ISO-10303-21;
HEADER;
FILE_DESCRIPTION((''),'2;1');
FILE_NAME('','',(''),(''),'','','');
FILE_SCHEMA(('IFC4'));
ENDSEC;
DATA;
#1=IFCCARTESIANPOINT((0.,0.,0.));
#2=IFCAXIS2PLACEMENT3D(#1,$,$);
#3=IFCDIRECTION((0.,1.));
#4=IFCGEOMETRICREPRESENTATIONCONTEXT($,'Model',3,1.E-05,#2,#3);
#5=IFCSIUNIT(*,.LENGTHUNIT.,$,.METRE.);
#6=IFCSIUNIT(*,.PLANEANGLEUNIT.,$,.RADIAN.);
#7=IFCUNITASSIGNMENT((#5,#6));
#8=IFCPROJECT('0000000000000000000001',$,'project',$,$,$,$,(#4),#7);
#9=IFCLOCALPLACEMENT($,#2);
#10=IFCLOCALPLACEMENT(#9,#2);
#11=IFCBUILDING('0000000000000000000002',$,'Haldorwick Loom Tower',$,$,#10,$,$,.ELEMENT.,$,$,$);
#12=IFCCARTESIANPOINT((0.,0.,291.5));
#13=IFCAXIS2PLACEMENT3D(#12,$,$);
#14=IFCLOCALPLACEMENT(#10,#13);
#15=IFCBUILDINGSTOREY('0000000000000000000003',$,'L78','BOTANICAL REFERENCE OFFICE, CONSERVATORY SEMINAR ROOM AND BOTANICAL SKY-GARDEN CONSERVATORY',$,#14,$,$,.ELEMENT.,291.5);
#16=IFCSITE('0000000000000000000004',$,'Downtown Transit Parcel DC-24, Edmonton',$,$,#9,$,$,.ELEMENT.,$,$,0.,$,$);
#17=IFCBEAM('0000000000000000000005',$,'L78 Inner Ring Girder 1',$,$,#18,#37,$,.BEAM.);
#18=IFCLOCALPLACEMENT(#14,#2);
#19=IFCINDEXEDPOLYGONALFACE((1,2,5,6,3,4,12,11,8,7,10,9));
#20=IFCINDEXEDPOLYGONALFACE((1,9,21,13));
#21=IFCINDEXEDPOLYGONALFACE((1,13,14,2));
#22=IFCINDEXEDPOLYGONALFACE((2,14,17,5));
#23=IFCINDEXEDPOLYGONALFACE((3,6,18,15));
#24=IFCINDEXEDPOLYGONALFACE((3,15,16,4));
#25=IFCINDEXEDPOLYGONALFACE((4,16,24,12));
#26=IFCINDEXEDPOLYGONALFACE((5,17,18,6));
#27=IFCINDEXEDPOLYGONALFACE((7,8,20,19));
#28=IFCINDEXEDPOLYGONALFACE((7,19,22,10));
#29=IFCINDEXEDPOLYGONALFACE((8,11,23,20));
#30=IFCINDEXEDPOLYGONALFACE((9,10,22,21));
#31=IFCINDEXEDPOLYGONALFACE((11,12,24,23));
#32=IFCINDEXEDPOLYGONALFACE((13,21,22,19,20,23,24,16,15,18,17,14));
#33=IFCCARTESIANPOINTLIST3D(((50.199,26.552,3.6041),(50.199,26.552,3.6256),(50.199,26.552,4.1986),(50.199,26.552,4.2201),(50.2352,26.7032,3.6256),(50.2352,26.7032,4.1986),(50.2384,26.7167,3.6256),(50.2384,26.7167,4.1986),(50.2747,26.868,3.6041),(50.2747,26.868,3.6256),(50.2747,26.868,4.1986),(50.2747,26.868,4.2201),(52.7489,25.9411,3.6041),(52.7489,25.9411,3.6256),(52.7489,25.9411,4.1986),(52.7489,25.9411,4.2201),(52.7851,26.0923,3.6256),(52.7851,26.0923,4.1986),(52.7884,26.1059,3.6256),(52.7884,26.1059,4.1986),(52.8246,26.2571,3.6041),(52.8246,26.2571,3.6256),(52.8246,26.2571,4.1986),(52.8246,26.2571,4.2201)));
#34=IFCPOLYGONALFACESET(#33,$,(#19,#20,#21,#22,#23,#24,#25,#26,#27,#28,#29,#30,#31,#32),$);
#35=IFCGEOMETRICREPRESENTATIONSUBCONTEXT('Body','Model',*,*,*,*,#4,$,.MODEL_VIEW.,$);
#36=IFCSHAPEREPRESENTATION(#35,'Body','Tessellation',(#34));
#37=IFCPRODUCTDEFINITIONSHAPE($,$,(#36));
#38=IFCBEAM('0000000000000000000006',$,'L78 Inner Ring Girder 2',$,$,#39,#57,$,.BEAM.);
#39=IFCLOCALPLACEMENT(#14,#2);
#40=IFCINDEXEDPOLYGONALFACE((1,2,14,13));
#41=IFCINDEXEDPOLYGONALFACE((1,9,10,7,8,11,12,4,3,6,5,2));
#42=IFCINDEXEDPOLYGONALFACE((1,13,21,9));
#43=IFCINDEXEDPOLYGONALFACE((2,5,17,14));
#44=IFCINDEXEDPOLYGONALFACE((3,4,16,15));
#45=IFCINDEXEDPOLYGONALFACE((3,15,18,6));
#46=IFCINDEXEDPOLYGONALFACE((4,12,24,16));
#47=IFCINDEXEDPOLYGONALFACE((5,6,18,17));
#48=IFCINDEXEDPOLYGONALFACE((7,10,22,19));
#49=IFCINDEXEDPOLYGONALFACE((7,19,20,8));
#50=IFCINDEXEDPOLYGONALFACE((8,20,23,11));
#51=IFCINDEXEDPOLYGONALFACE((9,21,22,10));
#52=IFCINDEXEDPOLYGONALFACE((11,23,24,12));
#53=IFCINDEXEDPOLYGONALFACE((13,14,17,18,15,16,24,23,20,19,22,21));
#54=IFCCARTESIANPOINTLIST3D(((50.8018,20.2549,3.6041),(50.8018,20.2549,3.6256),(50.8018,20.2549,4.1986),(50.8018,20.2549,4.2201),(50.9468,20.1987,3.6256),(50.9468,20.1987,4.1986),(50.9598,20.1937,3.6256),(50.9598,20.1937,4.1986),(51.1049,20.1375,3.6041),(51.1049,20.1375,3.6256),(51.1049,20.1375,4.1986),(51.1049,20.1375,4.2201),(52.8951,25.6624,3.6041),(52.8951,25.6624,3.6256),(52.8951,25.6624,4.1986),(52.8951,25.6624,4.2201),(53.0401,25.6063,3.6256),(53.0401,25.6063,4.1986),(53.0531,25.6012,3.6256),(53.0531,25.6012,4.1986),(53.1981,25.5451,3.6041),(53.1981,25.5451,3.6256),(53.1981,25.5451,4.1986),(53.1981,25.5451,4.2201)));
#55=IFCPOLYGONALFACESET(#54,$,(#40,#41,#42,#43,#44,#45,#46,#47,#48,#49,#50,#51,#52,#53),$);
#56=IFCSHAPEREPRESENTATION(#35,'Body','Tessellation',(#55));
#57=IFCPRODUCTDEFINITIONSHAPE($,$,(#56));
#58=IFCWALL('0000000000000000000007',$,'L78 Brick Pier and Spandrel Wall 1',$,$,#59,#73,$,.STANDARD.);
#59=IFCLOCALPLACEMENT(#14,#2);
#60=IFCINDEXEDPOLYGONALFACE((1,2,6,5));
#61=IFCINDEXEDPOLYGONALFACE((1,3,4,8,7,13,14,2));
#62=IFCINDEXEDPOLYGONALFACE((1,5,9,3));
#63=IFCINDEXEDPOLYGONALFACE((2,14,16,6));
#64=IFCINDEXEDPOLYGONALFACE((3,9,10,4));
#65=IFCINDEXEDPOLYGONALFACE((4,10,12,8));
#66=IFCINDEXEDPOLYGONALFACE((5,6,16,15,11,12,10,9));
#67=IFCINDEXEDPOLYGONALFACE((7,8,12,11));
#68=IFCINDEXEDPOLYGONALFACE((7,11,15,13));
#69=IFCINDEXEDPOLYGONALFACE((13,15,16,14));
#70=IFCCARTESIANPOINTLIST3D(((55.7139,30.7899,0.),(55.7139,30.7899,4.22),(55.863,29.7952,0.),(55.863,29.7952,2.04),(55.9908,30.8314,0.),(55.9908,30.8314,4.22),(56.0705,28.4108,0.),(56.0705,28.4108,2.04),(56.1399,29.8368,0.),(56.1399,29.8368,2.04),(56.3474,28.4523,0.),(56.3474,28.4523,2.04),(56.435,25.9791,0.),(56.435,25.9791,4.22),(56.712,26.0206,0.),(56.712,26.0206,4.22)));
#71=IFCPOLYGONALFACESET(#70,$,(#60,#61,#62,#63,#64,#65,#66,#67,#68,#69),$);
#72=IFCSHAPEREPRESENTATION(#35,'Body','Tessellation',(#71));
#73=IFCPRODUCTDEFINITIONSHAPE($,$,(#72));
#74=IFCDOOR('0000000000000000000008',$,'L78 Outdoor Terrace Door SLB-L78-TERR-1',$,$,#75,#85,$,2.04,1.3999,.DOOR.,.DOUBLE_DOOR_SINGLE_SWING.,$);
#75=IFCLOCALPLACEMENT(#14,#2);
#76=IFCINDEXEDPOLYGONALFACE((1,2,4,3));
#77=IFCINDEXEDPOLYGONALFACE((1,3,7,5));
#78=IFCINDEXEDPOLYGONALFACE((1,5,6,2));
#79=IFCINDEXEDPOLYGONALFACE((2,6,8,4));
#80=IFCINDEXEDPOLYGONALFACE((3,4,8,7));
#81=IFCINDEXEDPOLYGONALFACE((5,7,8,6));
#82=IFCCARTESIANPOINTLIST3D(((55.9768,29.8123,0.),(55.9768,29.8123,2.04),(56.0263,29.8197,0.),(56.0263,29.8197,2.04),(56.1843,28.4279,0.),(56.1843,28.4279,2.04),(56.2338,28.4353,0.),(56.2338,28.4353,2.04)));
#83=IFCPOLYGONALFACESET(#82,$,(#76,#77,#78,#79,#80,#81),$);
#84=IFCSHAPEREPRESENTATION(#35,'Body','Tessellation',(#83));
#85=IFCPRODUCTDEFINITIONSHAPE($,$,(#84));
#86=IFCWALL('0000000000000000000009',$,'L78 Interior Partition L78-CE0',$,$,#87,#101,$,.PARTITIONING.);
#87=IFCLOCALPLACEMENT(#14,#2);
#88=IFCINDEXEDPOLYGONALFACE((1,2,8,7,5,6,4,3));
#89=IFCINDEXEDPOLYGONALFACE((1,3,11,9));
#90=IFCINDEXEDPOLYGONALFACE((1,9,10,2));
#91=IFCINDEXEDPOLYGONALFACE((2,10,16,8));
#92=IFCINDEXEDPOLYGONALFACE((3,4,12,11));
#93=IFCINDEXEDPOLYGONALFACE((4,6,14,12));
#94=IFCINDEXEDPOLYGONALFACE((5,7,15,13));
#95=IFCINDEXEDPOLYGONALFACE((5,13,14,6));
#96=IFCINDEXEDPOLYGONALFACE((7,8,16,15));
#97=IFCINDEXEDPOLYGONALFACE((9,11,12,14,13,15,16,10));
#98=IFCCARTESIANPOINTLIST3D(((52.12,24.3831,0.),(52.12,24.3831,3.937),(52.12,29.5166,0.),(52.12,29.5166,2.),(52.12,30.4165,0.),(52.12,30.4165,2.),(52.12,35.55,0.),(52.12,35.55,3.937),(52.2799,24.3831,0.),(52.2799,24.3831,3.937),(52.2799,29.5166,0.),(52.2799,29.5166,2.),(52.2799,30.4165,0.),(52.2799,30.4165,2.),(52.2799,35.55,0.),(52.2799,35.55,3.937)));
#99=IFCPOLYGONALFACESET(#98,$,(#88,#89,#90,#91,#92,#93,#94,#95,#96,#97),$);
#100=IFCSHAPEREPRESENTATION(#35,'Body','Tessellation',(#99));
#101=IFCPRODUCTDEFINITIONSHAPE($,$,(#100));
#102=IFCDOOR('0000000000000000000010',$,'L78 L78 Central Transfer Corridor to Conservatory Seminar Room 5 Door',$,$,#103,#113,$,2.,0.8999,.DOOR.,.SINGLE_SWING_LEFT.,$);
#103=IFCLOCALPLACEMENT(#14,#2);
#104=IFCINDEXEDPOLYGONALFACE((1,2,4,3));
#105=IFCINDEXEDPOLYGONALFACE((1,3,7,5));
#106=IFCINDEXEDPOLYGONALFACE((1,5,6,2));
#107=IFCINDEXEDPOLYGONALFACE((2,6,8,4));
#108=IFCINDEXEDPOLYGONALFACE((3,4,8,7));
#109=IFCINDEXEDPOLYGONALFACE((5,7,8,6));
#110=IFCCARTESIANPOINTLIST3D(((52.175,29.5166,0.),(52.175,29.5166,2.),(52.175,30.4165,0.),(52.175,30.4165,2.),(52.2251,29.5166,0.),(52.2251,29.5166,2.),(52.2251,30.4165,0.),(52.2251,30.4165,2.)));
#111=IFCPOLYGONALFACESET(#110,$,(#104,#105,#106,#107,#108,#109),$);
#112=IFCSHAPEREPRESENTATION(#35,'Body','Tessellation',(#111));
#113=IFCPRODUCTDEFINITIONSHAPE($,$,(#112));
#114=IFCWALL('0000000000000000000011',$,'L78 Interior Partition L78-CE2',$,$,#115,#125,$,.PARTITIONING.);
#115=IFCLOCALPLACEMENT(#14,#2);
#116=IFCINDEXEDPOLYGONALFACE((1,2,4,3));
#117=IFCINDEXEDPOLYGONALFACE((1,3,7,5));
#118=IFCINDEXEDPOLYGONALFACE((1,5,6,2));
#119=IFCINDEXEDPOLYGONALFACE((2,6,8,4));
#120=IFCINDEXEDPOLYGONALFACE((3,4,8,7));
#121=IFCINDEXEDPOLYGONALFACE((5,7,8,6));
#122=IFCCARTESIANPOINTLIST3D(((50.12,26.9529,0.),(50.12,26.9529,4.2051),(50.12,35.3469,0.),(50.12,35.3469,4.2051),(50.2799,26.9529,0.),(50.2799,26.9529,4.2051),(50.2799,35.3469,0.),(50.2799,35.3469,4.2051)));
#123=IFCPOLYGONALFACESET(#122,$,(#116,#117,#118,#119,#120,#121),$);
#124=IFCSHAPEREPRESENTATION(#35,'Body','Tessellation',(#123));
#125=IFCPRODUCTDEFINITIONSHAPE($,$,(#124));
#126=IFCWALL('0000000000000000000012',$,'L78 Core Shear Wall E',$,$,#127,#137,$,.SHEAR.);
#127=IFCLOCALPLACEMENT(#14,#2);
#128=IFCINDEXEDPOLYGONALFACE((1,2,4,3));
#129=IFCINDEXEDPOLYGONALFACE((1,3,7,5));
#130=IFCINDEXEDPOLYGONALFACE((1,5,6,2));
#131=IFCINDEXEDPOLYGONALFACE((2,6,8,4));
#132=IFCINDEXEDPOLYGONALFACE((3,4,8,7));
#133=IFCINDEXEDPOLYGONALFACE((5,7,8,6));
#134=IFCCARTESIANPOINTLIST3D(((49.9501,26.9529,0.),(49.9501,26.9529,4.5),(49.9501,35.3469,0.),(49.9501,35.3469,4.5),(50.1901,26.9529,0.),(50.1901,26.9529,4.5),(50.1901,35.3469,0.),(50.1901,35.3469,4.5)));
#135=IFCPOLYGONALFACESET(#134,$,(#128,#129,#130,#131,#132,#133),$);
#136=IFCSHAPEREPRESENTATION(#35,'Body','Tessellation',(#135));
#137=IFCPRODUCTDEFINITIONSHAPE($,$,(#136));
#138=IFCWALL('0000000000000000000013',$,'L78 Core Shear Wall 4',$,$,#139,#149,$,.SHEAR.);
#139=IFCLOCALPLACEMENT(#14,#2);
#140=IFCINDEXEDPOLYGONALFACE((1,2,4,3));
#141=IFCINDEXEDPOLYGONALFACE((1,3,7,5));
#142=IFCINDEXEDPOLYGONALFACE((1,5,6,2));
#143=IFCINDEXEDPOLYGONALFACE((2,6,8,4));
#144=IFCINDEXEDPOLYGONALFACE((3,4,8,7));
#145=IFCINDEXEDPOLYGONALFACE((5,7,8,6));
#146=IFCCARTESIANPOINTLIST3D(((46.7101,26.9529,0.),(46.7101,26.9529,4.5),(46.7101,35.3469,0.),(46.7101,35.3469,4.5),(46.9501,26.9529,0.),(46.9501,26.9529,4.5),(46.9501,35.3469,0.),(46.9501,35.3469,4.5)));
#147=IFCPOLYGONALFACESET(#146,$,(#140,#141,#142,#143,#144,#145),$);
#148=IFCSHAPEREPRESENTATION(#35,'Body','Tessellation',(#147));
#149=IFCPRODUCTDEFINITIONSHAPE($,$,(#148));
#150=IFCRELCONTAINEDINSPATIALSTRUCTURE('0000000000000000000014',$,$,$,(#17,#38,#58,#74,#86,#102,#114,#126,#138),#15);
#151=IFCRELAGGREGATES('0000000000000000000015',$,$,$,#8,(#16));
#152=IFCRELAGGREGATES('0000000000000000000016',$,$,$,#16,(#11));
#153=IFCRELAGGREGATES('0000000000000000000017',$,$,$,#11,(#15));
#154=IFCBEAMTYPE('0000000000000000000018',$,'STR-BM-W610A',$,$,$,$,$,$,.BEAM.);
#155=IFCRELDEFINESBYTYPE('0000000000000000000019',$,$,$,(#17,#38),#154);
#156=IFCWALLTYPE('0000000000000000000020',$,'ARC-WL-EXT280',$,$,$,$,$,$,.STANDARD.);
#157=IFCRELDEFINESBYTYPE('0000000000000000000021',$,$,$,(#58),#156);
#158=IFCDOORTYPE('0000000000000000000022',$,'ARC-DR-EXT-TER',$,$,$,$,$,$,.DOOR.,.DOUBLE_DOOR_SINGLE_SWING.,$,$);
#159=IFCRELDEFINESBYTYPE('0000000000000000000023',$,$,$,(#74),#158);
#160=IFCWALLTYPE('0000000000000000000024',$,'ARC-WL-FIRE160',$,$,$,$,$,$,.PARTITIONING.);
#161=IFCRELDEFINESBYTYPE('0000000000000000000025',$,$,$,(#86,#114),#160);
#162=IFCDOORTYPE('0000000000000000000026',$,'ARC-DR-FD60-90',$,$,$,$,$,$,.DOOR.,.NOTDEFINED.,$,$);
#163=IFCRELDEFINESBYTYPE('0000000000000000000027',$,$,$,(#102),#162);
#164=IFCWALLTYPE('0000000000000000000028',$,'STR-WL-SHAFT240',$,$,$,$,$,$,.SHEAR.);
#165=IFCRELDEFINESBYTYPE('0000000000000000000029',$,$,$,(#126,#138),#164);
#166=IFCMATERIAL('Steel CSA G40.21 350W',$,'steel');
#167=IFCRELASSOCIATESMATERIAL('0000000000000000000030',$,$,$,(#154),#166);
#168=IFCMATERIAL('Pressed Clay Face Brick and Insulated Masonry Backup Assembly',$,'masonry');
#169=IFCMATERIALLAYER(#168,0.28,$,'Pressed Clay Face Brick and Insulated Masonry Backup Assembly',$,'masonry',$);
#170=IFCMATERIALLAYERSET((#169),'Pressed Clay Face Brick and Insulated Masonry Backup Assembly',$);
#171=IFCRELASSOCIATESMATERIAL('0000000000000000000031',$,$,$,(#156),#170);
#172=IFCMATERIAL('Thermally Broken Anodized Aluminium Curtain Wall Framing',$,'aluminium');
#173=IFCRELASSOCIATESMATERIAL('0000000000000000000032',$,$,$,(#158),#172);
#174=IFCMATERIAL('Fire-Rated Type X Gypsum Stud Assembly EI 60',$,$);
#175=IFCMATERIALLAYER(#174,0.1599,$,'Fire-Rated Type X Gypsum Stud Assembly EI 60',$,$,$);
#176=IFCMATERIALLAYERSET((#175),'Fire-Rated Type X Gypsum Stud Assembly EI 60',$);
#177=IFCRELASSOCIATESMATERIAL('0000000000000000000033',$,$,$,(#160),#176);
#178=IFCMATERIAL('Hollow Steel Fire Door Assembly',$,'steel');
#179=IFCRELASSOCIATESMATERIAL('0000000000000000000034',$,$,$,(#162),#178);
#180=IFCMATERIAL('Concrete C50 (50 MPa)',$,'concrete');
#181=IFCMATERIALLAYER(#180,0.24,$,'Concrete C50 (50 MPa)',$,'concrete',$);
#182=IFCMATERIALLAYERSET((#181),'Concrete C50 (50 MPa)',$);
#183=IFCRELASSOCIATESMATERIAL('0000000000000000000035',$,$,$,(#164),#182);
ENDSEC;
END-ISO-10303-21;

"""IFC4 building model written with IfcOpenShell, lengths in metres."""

from ifc_helpers import new_model, si_unit, direction, frame, frame_2d, origin, origin_2d, place, context, subcontext, project, spatial, rectangle, i_section, extrude, material, layer, layer_set, material_profile, profile_set, type_object, element, fill, save


model = new_model("IFC4")

# Units and contexts
model_context = context("Model", 3, precision=1e-05, world=origin(), true_north=direction((0.0, 1.0)))
body_context = subcontext(model_context, "Body", "Model", "MODEL_VIEW")
ifc_project = project(units=[si_unit("LENGTHUNIT", "METRE"), si_unit("PLANEANGLEUNIT", "RADIAN")], contexts=[model_context])

# Site, building, storey
site_placement = place(None, origin())
site = spatial("IfcSite", under=ifc_project, at=site_placement, Name="Downtown Transit Parcel DC-24, Edmonton", CompositionType="ELEMENT", RefElevation=0.0)
building_placement = place(site_placement, origin())
building = spatial("IfcBuilding", under=site, at=building_placement, Name="Haldorwick Loom Tower", CompositionType="ELEMENT")
storey_placement = place(building_placement, frame((0.0, 0.0, 291.5)))
storey = spatial("IfcBuildingStorey", under=building, at=storey_placement, Name="L78", Description="BOTANICAL REFERENCE OFFICE, CONSERVATORY SEMINAR ROOM AND BOTANICAL SKY-GARDEN CONSERVATORY", CompositionType="ELEMENT", Elevation=291.5)

# Shared definitions
ifc_material_1 = material(Name="Concrete C50 (50 MPa)", Category="concrete")
ifc_material_2 = material(Name="Steel CSA G40.21 350W", Category="steel")

# Beams
ifc_material_profile_1 = material_profile(ifc_material_2, i_section(OverallWidth=0.325, OverallDepth=0.616, WebThickness=0.0139, FlangeThickness=0.0215, at=origin_2d()), Name="W610X174", Category="steel")
ifc_profile_set_1 = profile_set([ifc_material_profile_1], Name="Steel CSA G40.21 350W")
beam_type_1 = type_object("IfcBeamType", Name="STR-BM-W610A", PredefinedType="BEAM", material=ifc_profile_set_1)
beam_1_placement = place(storey_placement, frame((50.2368, 26.71, 3.9121), z_axis=(0.972484, -0.232971, 0.0), x_axis=(0.232971, 0.972484, 0.0)))
element("IfcBeam", 1, at=beam_1_placement, inside=storey, type_object=beam_type_1, Name="L78 Inner Ring Girder 1", PredefinedType="BEAM", context=body_context, shape_type="SweptSolid", body=[
    extrude(i_section(OverallWidth=0.325, OverallDepth=0.616, WebThickness=0.0139, FlangeThickness=0.0215, at=origin_2d()), origin(), (0.0, 0.0, 1.0), 2.6221),
])
beam_2_placement = place(storey_placement, frame((53.0466, 25.6038, 3.9121), z_axis=(-0.361001, -0.932565, 0.0), x_axis=(0.932565, -0.361001, 0.0)))
element("IfcBeam", 2, at=beam_2_placement, inside=storey, type_object=beam_type_1, Name="L78 Inner Ring Girder 2", PredefinedType="BEAM", context=body_context, shape_type="SweptSolid", body=[
    extrude(i_section(OverallWidth=0.325, OverallDepth=0.616, WebThickness=0.0139, FlangeThickness=0.0215, at=origin_2d()), origin(), (0.0, 0.0, 1.0), 5.7986),
])

# Walls, openings, doors
ifc_material_3 = material(Name="Pressed Clay Face Brick and Insulated Masonry Backup Assembly", Category="masonry")
ifc_layer_1 = layer(ifc_material_3, 0.28, Name="Pressed Clay Face Brick and Insulated Masonry Backup Assembly", Category="masonry")
ifc_layer_set_1 = layer_set([ifc_layer_1], Name="Pressed Clay Face Brick and Insulated Masonry Backup Assembly")
wall_type_1 = type_object("IfcWallType", Name="ARC-WL-EXT280", PredefinedType="STANDARD", material=ifc_layer_set_1)
wall_1_placement = place(storey_placement, frame((56.5735, 26.0, 0.0), z_axis=(0.0, 0.0, 1.0), x_axis=(-0.148255, 0.988949, 0.0)))
wall_1 = element("IfcWall", 3, at=wall_1_placement, inside=storey, type_object=wall_type_1, Name="L78 Brick Pier and Spandrel Wall 1", PredefinedType="STANDARD", context=body_context, shape_type="SweptSolid", body=[
    extrude(rectangle(XDim=4.8645, YDim=0.28, at=frame_2d((2.4321, 0.0))), origin(), (0.0, 0.0, 1.0), 4.22),
])
opening_1_placement = place(wall_1_placement, frame((2.4587, 0.0, 0.0)))
opening_1 = element("IfcOpeningElement", 4, at=opening_1_placement, cuts=wall_1, PredefinedType="OPENING", context=body_context, shape_type="SweptSolid", body=[
    extrude(rectangle(XDim=1.3999, YDim=2.04, at=frame_2d((0.7, 1.02))), frame((0.0, 0.1499, 0.0), z_axis=(0.0, -1.0, 0.0), x_axis=(1.0, 0.0, 0.0)), (0.0, 0.0, 1.0), 0.3),
])
ifc_material_4 = material(Name="Thermally Broken Anodized Aluminium Curtain Wall Framing", Category="aluminium")
door_type_1 = type_object("IfcDoorType", Name="ARC-DR-EXT-TER", OperationType="DOUBLE_DOOR_SINGLE_SWING", PredefinedType="DOOR", material=ifc_material_4)
door_1_placement = place(opening_1_placement, origin())
door_1 = element("IfcDoor", 5, at=door_1_placement, inside=storey, type_object=door_type_1, Name="L78 Outdoor Terrace Door SLB-L78-TERR-1", OperationType="DOUBLE_DOOR_SINGLE_SWING", OverallHeight=2.04, OverallWidth=1.3999, PredefinedType="DOOR", context=body_context, shape_type="SweptSolid", body=[
    extrude(rectangle(XDim=1.3999, YDim=2.04, at=frame_2d((0.7, 1.02))), frame((0.0, 0.0249, 0.0), z_axis=(0.0, -1.0, 0.0), x_axis=(1.0, 0.0, 0.0)), (0.0, 0.0, 1.0), 0.05),
])
fill(opening_1, door_1)
ifc_material_5 = material(Name="Fire-Rated Type X Gypsum Stud Assembly EI 60")
ifc_layer_2 = layer(ifc_material_5, 0.1599, Name="Fire-Rated Type X Gypsum Stud Assembly EI 60")
ifc_layer_set_2 = layer_set([ifc_layer_2], Name="Fire-Rated Type X Gypsum Stud Assembly EI 60")
wall_type_2 = type_object("IfcWallType", Name="ARC-WL-FIRE160", PredefinedType="PARTITIONING", material=ifc_layer_set_2)
wall_2_placement = place(storey_placement, frame((52.2, 24.3831, 0.0), z_axis=(0.0, 0.0, 1.0), x_axis=(0.0, 1.0, 0.0)))
wall_2 = element("IfcWall", 6, at=wall_2_placement, inside=storey, type_object=wall_type_2, Name="L78 Interior Partition L78-CE0", PredefinedType="PARTITIONING", context=body_context, shape_type="SweptSolid", body=[
    extrude(rectangle(XDim=11.167, YDim=0.1599, at=frame_2d((5.5835, 0.0))), origin(), (0.0, 0.0, 1.0), 3.937),
])
opening_2_placement = place(wall_2_placement, frame((5.1335, 0.0, 0.0)))
opening_2 = element("IfcOpeningElement", 7, at=opening_2_placement, cuts=wall_2, PredefinedType="OPENING", context=body_context, shape_type="SweptSolid", body=[
    extrude(rectangle(XDim=0.8999, YDim=2.0, at=frame_2d((0.45, 1.0))), frame((0.0, 0.0898, 0.0), z_axis=(0.0, -1.0, 0.0), x_axis=(1.0, 0.0, 0.0)), (0.0, 0.0, 1.0), 0.1799),
])
ifc_material_6 = material(Name="Hollow Steel Fire Door Assembly", Category="steel")
door_type_2 = type_object("IfcDoorType", Name="ARC-DR-FD60-90", OperationType="NOTDEFINED", PredefinedType="DOOR", material=ifc_material_6)
door_2_placement = place(opening_2_placement, origin())
door_2 = element("IfcDoor", 8, at=door_2_placement, inside=storey, type_object=door_type_2, Name="L78 L78 Central Transfer Corridor to Conservatory Seminar Room 5 Door", OperationType="SINGLE_SWING_LEFT", OverallHeight=2.0, OverallWidth=0.8999, PredefinedType="DOOR", context=body_context, shape_type="SweptSolid", body=[
    extrude(rectangle(XDim=0.8999, YDim=2.0, at=frame_2d((0.45, 1.0))), frame((0.0, 0.0249, 0.0), z_axis=(0.0, -1.0, 0.0), x_axis=(1.0, 0.0, 0.0)), (0.0, 0.0, 1.0), 0.05),
])
fill(opening_2, door_2)

# Walls
wall_3_placement = place(storey_placement, frame((50.2, 26.9529, 0.0), z_axis=(0.0, 0.0, 1.0), x_axis=(0.0, 1.0, 0.0)))
element("IfcWall", 9, at=wall_3_placement, inside=storey, type_object=wall_type_2, Name="L78 Interior Partition L78-CE2", PredefinedType="PARTITIONING", context=body_context, shape_type="SweptSolid", body=[
    extrude(rectangle(XDim=8.394, YDim=0.1599, at=frame_2d((4.197, 0.0))), origin(), (0.0, 0.0, 1.0), 4.2051),
])
ifc_layer_3 = layer(ifc_material_1, 0.24, Name="Concrete C50 (50 MPa)", Category="concrete")
ifc_layer_set_3 = layer_set([ifc_layer_3], Name="Concrete C50 (50 MPa)")
wall_type_3 = type_object("IfcWallType", Name="STR-WL-SHAFT240", PredefinedType="SHEAR", material=ifc_layer_set_3)
for number, where, z_axis, x_axis, name in (
    (10, (50.0701, 26.9529, 0.0), (0.0, 0.0, 1.0), (0.0, 1.0, 0.0), "L78 Core Shear Wall E"),
    (11, (46.8301, 26.9529, 0.0), (0.0, 0.0, 1.0), (0.0, 1.0, 0.0), "L78 Core Shear Wall 4"),
):
    element("IfcWall", number, at=place(storey_placement, frame(where, z_axis=z_axis, x_axis=x_axis)), inside=storey, type_object=wall_type_3, Name=name, PredefinedType="SHEAR", context=body_context, shape_type="SweptSolid", body=[
        extrude(rectangle(XDim=8.394, YDim=0.24, at=frame_2d((4.197, 0.0))), origin(), (0.0, 0.0, 1.0), 4.5),
    ])

save(model, "model.ifc")
